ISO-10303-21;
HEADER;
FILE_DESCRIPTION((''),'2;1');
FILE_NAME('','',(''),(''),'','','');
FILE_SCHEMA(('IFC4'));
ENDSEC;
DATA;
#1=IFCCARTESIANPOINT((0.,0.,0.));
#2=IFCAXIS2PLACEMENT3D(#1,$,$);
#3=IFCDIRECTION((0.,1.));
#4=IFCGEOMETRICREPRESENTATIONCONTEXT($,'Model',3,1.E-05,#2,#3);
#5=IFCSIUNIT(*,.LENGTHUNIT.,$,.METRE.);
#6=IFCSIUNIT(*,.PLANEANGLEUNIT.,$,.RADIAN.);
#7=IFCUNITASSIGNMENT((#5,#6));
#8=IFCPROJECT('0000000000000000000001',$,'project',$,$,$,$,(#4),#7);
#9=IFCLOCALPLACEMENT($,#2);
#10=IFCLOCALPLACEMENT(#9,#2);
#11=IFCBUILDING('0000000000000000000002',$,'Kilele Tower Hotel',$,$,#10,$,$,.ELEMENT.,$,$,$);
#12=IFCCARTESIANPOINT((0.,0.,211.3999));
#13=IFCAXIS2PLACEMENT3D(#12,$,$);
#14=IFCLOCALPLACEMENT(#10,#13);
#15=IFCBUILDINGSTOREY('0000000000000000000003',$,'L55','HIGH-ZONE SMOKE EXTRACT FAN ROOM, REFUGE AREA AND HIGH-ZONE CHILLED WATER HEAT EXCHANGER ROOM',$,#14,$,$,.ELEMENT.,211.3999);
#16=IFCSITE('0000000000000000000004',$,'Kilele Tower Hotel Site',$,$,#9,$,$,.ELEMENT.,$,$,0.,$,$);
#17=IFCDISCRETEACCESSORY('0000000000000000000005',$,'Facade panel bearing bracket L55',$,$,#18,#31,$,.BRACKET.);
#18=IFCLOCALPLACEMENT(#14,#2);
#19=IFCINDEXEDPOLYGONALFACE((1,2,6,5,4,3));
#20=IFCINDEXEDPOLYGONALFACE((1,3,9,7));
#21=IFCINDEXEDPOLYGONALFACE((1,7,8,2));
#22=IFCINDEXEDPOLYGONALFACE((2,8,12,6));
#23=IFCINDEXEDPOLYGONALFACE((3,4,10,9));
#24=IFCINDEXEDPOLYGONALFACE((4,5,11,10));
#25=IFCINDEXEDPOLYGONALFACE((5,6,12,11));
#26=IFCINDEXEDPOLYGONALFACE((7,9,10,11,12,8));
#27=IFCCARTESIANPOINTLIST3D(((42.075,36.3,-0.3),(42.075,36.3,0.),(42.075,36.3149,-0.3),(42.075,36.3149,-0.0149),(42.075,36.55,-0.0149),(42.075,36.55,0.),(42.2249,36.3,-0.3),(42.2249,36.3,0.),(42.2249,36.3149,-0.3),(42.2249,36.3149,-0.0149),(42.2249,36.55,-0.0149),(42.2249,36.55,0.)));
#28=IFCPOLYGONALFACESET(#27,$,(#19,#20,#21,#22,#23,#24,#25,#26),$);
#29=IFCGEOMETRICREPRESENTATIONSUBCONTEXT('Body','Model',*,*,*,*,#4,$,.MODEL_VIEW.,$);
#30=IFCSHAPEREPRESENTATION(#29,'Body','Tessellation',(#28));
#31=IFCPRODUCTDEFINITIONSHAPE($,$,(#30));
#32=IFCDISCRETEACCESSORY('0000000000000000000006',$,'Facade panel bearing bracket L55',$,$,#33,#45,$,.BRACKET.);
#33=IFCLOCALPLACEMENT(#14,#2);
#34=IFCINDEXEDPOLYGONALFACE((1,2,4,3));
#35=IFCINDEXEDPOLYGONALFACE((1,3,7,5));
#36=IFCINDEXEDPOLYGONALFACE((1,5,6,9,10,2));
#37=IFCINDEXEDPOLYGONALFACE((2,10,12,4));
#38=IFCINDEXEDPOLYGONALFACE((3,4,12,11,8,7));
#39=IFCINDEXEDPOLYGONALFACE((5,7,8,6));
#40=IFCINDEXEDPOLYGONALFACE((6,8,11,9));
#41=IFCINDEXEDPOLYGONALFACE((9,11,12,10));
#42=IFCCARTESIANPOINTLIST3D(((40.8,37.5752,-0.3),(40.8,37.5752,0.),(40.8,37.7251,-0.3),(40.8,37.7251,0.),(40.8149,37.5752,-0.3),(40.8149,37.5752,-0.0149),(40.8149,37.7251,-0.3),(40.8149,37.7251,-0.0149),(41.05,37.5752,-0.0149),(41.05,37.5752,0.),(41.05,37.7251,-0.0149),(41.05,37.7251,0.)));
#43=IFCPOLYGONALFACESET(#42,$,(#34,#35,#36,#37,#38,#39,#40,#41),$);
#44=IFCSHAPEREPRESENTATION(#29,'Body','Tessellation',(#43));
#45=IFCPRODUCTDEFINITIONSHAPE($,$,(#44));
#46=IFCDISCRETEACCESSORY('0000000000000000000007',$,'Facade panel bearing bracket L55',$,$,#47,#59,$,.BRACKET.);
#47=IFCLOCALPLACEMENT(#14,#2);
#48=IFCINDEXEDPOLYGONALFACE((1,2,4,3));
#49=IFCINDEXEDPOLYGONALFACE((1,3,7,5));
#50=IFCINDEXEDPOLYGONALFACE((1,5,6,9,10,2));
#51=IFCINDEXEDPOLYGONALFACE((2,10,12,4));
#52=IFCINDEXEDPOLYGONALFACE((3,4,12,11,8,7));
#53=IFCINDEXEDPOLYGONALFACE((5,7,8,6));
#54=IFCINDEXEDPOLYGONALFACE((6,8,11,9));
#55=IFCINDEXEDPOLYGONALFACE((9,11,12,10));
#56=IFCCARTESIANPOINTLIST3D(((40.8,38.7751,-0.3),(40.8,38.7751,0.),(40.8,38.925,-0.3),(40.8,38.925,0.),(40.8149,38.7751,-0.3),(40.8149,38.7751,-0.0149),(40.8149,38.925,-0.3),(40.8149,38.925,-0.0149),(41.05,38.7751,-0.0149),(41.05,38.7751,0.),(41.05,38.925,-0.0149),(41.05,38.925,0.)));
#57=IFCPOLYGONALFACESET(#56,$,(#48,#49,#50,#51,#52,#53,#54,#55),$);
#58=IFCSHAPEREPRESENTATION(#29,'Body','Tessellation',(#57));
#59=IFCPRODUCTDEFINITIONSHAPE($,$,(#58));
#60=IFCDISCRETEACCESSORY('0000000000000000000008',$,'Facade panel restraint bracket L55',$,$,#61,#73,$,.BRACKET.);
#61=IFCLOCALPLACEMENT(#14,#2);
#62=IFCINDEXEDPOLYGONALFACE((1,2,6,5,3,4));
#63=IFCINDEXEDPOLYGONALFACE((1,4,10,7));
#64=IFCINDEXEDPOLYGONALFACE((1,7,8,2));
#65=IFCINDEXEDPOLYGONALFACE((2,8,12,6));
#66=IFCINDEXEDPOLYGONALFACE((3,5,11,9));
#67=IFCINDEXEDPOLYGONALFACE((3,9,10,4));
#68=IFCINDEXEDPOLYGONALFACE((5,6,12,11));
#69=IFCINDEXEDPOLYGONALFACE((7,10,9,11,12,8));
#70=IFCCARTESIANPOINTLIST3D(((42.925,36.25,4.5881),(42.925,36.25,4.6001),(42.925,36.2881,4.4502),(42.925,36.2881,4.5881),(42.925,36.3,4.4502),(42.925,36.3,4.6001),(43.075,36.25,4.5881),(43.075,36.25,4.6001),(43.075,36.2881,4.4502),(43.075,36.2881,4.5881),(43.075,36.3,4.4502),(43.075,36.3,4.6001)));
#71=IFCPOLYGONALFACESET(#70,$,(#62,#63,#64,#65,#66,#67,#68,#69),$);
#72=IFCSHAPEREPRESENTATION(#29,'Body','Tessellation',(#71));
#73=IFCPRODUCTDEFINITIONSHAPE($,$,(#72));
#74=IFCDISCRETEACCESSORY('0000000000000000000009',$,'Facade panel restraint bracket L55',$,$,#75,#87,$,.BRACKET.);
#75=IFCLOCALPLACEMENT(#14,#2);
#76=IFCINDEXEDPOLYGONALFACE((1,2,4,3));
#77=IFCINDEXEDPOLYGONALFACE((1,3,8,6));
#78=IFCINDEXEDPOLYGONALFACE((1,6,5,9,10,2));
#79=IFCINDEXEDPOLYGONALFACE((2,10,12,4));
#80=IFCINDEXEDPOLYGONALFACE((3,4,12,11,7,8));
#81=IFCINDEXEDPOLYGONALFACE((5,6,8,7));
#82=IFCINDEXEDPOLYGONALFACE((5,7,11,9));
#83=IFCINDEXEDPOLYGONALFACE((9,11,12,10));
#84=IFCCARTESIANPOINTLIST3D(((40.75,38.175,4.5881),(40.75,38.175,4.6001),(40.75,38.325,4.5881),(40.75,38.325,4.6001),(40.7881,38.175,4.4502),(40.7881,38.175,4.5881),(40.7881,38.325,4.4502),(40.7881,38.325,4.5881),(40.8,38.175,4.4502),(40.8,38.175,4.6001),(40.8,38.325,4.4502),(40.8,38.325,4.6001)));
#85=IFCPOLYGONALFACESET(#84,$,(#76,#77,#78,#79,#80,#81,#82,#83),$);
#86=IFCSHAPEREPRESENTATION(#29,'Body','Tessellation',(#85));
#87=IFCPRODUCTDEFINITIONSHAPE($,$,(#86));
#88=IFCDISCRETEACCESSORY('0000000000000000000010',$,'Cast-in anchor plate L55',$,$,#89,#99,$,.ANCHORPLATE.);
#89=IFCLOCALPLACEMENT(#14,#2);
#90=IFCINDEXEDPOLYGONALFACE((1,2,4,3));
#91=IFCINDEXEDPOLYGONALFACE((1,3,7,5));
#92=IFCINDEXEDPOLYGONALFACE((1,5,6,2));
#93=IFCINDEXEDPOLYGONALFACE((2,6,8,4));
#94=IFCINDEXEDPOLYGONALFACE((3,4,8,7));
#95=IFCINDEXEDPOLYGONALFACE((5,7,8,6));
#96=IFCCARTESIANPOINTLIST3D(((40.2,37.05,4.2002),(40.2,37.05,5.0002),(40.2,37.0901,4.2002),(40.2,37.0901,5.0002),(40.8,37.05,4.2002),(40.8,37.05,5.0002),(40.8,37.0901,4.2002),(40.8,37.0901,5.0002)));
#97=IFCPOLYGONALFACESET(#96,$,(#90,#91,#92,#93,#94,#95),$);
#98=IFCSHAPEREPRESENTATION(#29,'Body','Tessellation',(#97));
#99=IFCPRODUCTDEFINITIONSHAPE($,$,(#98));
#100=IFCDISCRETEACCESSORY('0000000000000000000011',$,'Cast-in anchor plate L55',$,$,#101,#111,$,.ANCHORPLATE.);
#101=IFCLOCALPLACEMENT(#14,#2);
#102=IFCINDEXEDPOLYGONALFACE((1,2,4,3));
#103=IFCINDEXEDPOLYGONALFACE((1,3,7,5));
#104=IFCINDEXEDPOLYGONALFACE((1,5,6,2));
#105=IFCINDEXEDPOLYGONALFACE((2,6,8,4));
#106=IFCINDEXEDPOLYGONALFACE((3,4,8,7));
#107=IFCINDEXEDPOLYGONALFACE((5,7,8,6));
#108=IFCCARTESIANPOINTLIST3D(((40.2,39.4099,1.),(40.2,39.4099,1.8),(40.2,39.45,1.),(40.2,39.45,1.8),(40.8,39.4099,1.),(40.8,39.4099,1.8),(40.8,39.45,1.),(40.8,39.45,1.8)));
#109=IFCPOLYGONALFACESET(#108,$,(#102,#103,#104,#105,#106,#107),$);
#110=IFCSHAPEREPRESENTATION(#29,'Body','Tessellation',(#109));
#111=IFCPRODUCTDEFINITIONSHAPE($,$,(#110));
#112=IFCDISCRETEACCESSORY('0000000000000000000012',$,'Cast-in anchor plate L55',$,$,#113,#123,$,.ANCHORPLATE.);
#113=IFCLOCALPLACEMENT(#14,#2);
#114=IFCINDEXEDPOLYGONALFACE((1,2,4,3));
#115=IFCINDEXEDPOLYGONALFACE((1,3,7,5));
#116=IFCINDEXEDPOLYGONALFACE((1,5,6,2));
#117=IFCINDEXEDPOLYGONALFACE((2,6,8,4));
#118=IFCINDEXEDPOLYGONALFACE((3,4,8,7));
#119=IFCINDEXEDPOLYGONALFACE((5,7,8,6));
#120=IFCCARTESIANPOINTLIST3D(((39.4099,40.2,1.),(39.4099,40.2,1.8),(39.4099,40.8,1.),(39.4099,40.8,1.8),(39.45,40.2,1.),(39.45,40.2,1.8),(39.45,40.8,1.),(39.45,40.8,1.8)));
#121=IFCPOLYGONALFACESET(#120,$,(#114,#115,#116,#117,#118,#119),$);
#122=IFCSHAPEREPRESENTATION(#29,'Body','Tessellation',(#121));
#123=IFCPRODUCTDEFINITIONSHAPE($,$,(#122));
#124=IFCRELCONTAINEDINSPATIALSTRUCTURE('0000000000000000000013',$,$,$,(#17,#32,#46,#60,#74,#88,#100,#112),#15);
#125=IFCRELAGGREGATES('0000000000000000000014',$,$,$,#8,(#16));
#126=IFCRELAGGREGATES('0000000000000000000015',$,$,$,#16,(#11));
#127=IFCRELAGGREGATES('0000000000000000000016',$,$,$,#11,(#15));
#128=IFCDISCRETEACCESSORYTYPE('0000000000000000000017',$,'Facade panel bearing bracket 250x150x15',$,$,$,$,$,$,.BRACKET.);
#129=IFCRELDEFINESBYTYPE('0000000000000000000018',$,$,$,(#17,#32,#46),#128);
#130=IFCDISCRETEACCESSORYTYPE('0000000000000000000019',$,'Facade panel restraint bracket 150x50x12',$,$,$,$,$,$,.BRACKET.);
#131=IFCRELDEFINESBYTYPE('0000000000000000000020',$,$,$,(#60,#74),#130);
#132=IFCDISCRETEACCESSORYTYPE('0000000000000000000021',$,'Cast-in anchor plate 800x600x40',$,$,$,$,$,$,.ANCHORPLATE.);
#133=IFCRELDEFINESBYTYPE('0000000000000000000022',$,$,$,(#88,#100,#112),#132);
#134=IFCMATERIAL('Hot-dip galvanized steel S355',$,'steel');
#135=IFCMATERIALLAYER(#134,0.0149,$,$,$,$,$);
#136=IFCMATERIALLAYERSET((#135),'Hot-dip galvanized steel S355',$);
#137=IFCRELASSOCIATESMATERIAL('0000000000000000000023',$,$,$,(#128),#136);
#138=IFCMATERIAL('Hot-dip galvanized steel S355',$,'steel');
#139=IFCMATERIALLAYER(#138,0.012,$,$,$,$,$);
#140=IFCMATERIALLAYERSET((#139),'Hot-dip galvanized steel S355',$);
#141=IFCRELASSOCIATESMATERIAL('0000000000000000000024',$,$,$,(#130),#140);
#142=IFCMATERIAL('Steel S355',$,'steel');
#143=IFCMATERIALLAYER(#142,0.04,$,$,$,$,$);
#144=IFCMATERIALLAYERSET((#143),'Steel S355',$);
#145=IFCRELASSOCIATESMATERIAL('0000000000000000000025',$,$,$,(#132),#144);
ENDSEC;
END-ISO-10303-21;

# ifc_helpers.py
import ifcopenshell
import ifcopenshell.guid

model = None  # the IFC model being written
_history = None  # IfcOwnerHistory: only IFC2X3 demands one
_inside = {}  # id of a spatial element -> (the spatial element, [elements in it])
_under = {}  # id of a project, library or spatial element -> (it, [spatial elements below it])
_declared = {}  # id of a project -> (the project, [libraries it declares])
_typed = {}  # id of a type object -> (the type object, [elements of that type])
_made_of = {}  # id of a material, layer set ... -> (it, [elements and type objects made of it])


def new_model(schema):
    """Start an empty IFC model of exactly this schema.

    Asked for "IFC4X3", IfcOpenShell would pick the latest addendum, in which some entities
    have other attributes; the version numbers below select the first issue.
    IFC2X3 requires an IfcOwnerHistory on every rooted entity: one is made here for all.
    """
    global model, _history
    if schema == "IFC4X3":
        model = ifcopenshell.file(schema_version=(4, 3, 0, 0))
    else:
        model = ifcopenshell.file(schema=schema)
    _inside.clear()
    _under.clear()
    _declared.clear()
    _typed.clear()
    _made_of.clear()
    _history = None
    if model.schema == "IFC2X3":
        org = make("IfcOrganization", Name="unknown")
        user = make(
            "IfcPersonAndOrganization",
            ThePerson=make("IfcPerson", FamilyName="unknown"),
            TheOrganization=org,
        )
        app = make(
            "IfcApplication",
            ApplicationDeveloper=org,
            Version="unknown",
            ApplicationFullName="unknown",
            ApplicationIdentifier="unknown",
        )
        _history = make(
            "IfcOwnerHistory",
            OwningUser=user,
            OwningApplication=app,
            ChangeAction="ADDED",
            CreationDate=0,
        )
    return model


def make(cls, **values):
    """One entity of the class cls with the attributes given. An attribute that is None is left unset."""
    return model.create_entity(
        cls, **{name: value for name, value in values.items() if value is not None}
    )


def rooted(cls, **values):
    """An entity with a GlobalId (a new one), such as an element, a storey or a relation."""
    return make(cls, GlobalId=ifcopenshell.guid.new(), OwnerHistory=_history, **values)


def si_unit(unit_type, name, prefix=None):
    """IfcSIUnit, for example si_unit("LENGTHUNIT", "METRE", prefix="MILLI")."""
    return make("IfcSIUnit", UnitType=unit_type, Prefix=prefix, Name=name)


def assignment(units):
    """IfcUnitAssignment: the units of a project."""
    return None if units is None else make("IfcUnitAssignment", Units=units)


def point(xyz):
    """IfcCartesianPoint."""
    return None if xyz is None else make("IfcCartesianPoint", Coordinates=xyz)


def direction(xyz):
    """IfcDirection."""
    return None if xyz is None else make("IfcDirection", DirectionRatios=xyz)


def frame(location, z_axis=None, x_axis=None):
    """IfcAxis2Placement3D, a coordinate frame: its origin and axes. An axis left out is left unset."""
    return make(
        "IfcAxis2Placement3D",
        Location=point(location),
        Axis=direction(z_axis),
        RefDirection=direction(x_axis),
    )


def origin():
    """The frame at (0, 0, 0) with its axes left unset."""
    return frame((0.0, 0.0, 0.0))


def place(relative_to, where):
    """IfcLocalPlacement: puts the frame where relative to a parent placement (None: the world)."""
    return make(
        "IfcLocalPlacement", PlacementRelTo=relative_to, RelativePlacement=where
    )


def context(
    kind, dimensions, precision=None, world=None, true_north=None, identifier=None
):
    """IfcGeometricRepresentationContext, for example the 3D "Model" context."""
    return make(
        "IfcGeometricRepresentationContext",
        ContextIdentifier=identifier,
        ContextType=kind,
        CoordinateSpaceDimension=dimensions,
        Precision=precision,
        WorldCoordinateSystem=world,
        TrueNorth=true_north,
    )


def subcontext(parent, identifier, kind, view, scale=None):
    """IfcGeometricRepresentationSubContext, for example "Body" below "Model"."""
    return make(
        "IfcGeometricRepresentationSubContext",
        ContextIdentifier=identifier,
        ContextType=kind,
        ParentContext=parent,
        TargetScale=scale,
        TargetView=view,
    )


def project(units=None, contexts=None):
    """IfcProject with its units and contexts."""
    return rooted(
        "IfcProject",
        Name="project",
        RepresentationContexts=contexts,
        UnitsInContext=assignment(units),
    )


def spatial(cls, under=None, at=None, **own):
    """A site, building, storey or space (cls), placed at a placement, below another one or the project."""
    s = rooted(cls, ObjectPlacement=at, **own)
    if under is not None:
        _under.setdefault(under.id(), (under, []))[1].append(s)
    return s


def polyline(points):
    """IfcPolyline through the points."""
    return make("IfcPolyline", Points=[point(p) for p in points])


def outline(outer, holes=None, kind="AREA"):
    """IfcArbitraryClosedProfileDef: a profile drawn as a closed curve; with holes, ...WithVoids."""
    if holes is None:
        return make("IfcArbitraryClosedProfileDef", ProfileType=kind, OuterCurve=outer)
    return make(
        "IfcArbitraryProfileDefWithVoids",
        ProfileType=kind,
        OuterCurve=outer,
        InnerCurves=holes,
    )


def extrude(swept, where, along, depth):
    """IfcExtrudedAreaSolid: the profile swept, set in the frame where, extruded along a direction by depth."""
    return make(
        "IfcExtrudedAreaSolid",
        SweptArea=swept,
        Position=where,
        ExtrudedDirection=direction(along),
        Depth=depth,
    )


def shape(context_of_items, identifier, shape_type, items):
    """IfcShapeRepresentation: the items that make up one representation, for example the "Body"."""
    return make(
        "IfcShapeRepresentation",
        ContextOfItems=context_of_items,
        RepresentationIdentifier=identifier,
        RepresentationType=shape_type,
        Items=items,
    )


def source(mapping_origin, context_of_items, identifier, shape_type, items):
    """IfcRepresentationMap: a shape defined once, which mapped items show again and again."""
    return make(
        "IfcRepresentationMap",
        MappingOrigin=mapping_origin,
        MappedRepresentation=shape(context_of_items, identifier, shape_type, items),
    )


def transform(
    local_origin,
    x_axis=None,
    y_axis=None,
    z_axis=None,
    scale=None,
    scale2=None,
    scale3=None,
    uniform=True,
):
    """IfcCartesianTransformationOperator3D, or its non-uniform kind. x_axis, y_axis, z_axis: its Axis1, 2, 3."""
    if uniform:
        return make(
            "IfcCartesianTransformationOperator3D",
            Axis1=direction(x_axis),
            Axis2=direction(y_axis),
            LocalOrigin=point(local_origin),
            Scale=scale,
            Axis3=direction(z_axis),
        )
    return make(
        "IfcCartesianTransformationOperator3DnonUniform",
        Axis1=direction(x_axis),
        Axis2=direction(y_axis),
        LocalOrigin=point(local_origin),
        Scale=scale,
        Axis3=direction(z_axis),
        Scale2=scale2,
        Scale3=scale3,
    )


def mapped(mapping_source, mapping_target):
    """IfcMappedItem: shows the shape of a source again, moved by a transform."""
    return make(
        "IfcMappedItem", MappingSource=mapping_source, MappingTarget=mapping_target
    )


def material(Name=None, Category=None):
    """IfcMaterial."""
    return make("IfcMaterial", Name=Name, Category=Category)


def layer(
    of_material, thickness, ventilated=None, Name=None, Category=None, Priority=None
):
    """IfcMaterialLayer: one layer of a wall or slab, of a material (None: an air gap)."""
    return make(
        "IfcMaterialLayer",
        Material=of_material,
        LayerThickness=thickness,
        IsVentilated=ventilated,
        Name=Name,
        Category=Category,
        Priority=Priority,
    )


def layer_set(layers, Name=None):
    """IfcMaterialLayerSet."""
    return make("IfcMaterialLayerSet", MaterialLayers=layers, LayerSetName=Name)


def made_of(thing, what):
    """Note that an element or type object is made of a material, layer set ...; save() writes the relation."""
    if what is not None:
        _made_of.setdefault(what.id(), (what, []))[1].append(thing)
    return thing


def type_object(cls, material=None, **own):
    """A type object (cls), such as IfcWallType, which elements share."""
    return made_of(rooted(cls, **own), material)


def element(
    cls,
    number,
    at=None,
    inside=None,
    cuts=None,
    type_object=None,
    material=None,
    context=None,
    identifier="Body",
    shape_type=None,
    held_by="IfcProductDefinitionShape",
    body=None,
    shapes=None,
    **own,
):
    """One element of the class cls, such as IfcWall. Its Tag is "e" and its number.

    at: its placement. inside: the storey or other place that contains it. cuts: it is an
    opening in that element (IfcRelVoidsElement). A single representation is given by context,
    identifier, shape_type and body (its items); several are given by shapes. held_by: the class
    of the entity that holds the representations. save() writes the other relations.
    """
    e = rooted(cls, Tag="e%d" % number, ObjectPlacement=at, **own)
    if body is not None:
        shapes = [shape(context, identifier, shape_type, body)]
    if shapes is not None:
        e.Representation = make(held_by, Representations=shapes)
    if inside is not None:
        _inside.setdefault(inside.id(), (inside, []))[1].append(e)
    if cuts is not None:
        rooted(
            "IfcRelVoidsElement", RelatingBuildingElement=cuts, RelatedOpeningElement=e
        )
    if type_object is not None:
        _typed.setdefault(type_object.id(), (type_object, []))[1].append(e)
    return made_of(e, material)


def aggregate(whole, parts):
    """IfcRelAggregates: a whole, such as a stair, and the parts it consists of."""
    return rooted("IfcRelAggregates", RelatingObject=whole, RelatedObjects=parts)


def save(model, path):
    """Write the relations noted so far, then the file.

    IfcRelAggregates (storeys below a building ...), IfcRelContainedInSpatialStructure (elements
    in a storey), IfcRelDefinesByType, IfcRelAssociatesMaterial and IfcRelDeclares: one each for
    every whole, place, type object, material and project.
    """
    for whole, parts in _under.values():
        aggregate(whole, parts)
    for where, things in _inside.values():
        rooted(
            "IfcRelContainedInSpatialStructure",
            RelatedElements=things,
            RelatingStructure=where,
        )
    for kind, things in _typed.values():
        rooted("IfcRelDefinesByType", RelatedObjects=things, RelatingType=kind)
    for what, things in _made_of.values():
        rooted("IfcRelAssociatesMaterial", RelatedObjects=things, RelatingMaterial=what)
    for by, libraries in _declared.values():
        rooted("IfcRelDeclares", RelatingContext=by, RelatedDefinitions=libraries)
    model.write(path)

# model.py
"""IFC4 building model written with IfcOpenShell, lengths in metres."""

from ifc_helpers import new_model, si_unit, direction, frame, origin, place, context, subcontext, project, spatial, polyline, outline, extrude, source, transform, mapped, material, layer, layer_set, type_object, element, save


model = new_model("IFC4")

# Units and contexts
model_context = context("Model", 3, precision=1e-05, world=origin(), true_north=direction((0.0, 1.0)))
body_context = subcontext(model_context, "Body", "Model", "MODEL_VIEW")
ifc_project = project(units=[si_unit("LENGTHUNIT", "METRE"), si_unit("PLANEANGLEUNIT", "RADIAN")], contexts=[model_context])

# Site, building, storey
site_placement = place(None, origin())
site = spatial("IfcSite", under=ifc_project, at=site_placement, Name="Kilele Tower Hotel Site", CompositionType="ELEMENT", RefElevation=0.0)
building_placement = place(site_placement, origin())
building = spatial("IfcBuilding", under=site, at=building_placement, Name="Kilele Tower Hotel", CompositionType="ELEMENT")
storey_placement = place(building_placement, frame((0.0, 0.0, 211.3999)))
storey = spatial("IfcBuildingStorey", under=building, at=storey_placement, Name="L55", Description="HIGH-ZONE SMOKE EXTRACT FAN ROOM, REFUGE AREA AND HIGH-ZONE CHILLED WATER HEAT EXCHANGER ROOM", CompositionType="ELEMENT", Elevation=211.3999)

# Discrete accessories
ifc_material_1 = material(Name="Hot-dip galvanized steel S355", Category="steel")
ifc_layer_1 = layer(ifc_material_1, 0.0149)
ifc_layer_set_1 = layer_set([ifc_layer_1], Name="Hot-dip galvanized steel S355")
discrete_accessory_type_1 = type_object("IfcDiscreteAccessoryType", Name="Facade panel bearing bracket 250x150x15", PredefinedType="BRACKET", material=ifc_layer_set_1)
shared_shape_1 = source(origin(), body_context, "Body", "SweptSolid", [
    extrude(outline(polyline([(0.0, 0.0), (0.25, 0.0), (0.25, -0.0149), (0.0149, -0.0149), (0.0149, -0.3), (0.0, -0.3), (0.0, 0.0)])), origin(), (0.0, 0.0, 1.0), 0.1499),
])
for number, where, z_axis, x_axis, name in (
    (1, (42.075, 36.3, 0.0), (1.0, 0.0, 0.0), (0.0, 1.0, 0.0), "Facade panel bearing bracket L55"),
    (2, (40.8, 37.7251, 0.0), (0.0, -1.0, 0.0), (1.0, 0.0, 0.0), "Facade panel bearing bracket L55"),
    (3, (40.8, 38.925, 0.0), (0.0, -1.0, 0.0), (1.0, 0.0, 0.0), "Facade panel bearing bracket L55"),
):
    element("IfcDiscreteAccessory", number, at=place(storey_placement, frame(where, z_axis=z_axis, x_axis=x_axis)), inside=storey, type_object=discrete_accessory_type_1, Name=name, PredefinedType="BRACKET", context=body_context, shape_type="MappedRepresentation", body=[
        mapped(shared_shape_1, transform((0.0, 0.0, 0.0))),
    ])
ifc_material_2 = material(Name="Hot-dip galvanized steel S355", Category="steel")
ifc_layer_2 = layer(ifc_material_2, 0.012)
ifc_layer_set_2 = layer_set([ifc_layer_2], Name="Hot-dip galvanized steel S355")
discrete_accessory_type_2 = type_object("IfcDiscreteAccessoryType", Name="Facade panel restraint bracket 150x50x12", PredefinedType="BRACKET", material=ifc_layer_set_2)
shared_shape_2 = source(origin(), body_context, "Body", "SweptSolid", [
    extrude(outline(polyline([(0.0, 0.0), (0.0, -0.1499), (-0.012, -0.1499), (-0.012, -0.012), (-0.05, -0.012), (-0.05, 0.0), (0.0, 0.0)])), origin(), (0.0, 0.0, 1.0), 0.1499),
])
for number, where, z_axis, x_axis, name in (
    (4, (42.925, 36.3, 4.6001), (1.0, 0.0, 0.0), (0.0, 1.0, 0.0), "Facade panel restraint bracket L55"),
    (5, (40.8, 38.325, 4.6001), (0.0, -1.0, 0.0), (1.0, 0.0, 0.0), "Facade panel restraint bracket L55"),
):
    element("IfcDiscreteAccessory", number, at=place(storey_placement, frame(where, z_axis=z_axis, x_axis=x_axis)), inside=storey, type_object=discrete_accessory_type_2, Name=name, PredefinedType="BRACKET", context=body_context, shape_type="MappedRepresentation", body=[
        mapped(shared_shape_2, transform((0.0, 0.0, 0.0))),
    ])
ifc_material_3 = material(Name="Steel S355", Category="steel")
ifc_layer_3 = layer(ifc_material_3, 0.04)
ifc_layer_set_3 = layer_set([ifc_layer_3], Name="Steel S355")
discrete_accessory_type_3 = type_object("IfcDiscreteAccessoryType", Name="Cast-in anchor plate 800x600x40", PredefinedType="ANCHORPLATE", material=ifc_layer_set_3)
shared_shape_3 = source(origin(), body_context, "Body", "SweptSolid", [
    extrude(outline(polyline([(0.0, 0.0), (0.04, 0.0), (0.04, 0.8), (0.0, 0.8), (0.0, 0.0)])), origin(), (0.0, 0.0, 1.0), 0.6001),
])
for number, where, z_axis, x_axis, name in (
    (6, (40.2, 37.05, 4.2002), (1.0, 0.0, 0.0), (0.0, 1.0, 0.0), "Cast-in anchor plate L55"),
    (7, (40.8, 39.45, 1.0), (-1.0, 0.0, 0.0), (0.0, -1.0, 0.0), "Cast-in anchor plate L55"),
    (8, (39.45, 40.2, 1.0), (0.0, 1.0, 0.0), (-1.0, 0.0, 0.0), "Cast-in anchor plate L55"),
):
    element("IfcDiscreteAccessory", number, at=place(storey_placement, frame(where, z_axis=z_axis, x_axis=x_axis)), inside=storey, type_object=discrete_accessory_type_3, Name=name, PredefinedType="ANCHORPLATE", context=body_context, shape_type="MappedRepresentation", body=[
        mapped(shared_shape_3, transform((0.0, 0.0, 0.0))),
    ])

save(model, "model.ifc")
